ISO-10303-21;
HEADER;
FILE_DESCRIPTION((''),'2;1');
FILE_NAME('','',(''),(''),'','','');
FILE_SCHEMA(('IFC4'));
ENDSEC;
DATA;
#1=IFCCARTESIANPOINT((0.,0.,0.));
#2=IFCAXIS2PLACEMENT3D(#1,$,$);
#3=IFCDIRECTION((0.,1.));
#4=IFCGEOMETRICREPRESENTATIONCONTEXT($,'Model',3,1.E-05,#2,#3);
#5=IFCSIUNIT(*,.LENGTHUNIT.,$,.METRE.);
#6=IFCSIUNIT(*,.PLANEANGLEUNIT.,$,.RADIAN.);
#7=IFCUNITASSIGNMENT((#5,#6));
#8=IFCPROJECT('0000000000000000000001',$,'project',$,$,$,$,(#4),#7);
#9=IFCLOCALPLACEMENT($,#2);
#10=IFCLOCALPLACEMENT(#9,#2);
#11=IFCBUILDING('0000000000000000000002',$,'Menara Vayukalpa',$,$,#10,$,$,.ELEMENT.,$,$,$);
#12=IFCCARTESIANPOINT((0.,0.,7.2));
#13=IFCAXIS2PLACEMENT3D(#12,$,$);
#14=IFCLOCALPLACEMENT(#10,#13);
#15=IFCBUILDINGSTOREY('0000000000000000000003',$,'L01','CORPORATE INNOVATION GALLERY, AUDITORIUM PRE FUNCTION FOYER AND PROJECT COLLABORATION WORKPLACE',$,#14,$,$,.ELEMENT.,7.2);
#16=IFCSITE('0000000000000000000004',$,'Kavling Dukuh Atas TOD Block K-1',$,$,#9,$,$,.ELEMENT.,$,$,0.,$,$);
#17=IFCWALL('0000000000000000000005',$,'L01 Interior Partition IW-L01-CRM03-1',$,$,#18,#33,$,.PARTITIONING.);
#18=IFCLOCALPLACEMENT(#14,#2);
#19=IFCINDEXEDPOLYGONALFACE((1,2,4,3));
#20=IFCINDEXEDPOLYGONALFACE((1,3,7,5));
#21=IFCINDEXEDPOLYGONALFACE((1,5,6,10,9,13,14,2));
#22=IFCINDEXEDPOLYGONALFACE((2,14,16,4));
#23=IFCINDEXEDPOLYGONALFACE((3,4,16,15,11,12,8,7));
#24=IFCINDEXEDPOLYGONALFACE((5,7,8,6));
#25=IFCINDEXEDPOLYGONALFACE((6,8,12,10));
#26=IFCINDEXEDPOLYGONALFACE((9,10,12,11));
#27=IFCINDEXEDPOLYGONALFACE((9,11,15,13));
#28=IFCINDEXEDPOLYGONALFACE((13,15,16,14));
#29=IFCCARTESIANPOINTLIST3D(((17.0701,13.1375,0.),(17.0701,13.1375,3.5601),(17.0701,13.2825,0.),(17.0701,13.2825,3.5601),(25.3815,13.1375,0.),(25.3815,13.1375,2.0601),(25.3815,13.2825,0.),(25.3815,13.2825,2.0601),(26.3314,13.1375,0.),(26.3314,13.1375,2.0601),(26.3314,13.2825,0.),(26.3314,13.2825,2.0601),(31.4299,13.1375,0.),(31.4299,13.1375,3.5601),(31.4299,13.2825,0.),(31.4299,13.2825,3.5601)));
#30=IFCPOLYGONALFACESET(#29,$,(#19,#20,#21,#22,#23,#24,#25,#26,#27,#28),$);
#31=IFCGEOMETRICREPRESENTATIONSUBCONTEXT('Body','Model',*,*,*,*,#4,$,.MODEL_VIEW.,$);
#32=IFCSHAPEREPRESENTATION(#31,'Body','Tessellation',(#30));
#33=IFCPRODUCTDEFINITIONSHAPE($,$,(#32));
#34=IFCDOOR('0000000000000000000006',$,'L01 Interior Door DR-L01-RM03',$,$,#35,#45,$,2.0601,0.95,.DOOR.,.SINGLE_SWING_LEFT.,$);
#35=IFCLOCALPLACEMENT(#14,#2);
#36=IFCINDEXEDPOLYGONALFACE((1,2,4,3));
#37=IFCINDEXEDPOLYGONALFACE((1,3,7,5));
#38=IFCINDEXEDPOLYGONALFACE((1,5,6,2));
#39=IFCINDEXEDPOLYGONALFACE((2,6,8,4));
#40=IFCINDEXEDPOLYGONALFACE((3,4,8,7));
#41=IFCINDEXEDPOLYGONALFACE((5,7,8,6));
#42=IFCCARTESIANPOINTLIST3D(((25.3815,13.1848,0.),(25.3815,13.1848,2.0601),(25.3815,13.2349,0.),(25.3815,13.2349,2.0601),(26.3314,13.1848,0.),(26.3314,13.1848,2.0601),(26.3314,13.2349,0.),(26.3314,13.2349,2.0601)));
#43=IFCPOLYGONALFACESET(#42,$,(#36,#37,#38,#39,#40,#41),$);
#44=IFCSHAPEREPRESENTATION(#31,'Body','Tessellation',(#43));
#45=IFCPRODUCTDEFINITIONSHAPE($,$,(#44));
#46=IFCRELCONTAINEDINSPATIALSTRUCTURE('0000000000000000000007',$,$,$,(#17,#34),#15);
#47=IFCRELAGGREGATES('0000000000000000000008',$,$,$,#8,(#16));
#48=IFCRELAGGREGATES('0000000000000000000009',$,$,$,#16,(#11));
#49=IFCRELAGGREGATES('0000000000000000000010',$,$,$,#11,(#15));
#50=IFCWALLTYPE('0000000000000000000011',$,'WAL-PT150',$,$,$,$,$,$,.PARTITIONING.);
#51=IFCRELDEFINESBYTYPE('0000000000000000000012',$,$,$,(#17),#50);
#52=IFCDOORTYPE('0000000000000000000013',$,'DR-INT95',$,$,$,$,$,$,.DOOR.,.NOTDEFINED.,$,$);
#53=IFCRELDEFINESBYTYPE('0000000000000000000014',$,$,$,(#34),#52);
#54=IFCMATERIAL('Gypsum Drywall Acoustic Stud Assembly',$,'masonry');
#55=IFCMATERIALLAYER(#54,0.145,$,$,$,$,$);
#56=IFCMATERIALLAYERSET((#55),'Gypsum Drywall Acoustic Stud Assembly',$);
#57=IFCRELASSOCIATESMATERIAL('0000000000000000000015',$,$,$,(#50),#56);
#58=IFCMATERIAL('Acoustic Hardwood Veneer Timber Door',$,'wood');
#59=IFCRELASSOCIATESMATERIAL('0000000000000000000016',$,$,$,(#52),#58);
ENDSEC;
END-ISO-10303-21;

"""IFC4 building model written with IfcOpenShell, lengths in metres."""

from ifc_helpers import new_model, si_unit, direction, frame, frame_2d, origin, place, context, subcontext, project, spatial, rectangle, extrude, material, layer, layer_set, type_object, element, fill, save


model = new_model("IFC4")

# Units and contexts
model_context = context("Model", 3, precision=1e-05, world=origin(), true_north=direction((0.0, 1.0)))
body_context = subcontext(model_context, "Body", "Model", "MODEL_VIEW")
ifc_project = project(units=[si_unit("LENGTHUNIT", "METRE"), si_unit("PLANEANGLEUNIT", "RADIAN")], contexts=[model_context])

# Site, building, storey
site_placement = place(None, origin())
site = spatial("IfcSite", under=ifc_project, at=site_placement, Name="Kavling Dukuh Atas TOD Block K-1", CompositionType="ELEMENT", RefElevation=0.0)
building_placement = place(site_placement, origin())
building = spatial("IfcBuilding", under=site, at=building_placement, Name="Menara Vayukalpa", CompositionType="ELEMENT")
storey_placement = place(building_placement, frame((0.0, 0.0, 7.2)))
storey = spatial("IfcBuildingStorey", under=building, at=storey_placement, Name="L01", Description="CORPORATE INNOVATION GALLERY, AUDITORIUM PRE FUNCTION FOYER AND PROJECT COLLABORATION WORKPLACE", CompositionType="ELEMENT", Elevation=7.2)

# Shared definitions
ifc_material_1 = material(Name="Gypsum Drywall Acoustic Stud Assembly", Category="masonry")
ifc_layer_1 = layer(ifc_material_1, 0.145)
ifc_layer_set_1 = layer_set([ifc_layer_1], Name="Gypsum Drywall Acoustic Stud Assembly")
wall_type_1 = type_object("IfcWallType", Name="WAL-PT150", PredefinedType="PARTITIONING", material=ifc_layer_set_1)
ifc_material_2 = material(Name="Acoustic Hardwood Veneer Timber Door", Category="wood")
door_type_1 = type_object("IfcDoorType", Name="DR-INT95", OperationType="NOTDEFINED", PredefinedType="DOOR", material=ifc_material_2)

# Wall, opening, door
wall_1_placement = place(storey_placement, frame((17.0701, 13.21, 0.0), z_axis=(0.0, 0.0, 1.0), x_axis=(1.0, 0.0, 0.0)))
wall_1 = element("IfcWall", 1, at=wall_1_placement, inside=storey, type_object=wall_type_1, Name="L01 Interior Partition IW-L01-CRM03-1", PredefinedType="PARTITIONING", context=body_context, shape_type="SweptSolid", body=[
    extrude(rectangle(XDim=14.3599, YDim=0.145, at=frame_2d((7.1799, 0.0))), origin(), (0.0, 0.0, 1.0), 3.5601),
])
opening_1_placement = place(wall_1_placement, frame((8.3113, 0.0, 0.0)))
opening_1 = element("IfcOpeningElement", 2, at=opening_1_placement, cuts=wall_1, PredefinedType="OPENING", context=body_context, shape_type="SweptSolid", body=[
    extrude(rectangle(XDim=0.95, YDim=2.0601, at=frame_2d((0.4751, 1.03))), frame((0.0, 0.0825, 0.0), z_axis=(0.0, -1.0, 0.0), x_axis=(1.0, 0.0, 0.0)), (0.0, 0.0, 1.0), 0.165),
])
door_1_placement = place(opening_1_placement, origin())
door_1 = element("IfcDoor", 3, at=door_1_placement, inside=storey, type_object=door_type_1, Name="L01 Interior Door DR-L01-RM03", OperationType="SINGLE_SWING_LEFT", OverallHeight=2.0601, OverallWidth=0.95, PredefinedType="DOOR", context=body_context, shape_type="SweptSolid", body=[
    extrude(rectangle(XDim=0.95, YDim=2.0601, at=frame_2d((0.4751, 1.03))), frame((0.0, 0.0249, 0.0), z_axis=(0.0, -1.0, 0.0), x_axis=(1.0, 0.0, 0.0)), (0.0, 0.0, 1.0), 0.05),
])
fill(opening_1, door_1)

save(model, "model.ifc")
